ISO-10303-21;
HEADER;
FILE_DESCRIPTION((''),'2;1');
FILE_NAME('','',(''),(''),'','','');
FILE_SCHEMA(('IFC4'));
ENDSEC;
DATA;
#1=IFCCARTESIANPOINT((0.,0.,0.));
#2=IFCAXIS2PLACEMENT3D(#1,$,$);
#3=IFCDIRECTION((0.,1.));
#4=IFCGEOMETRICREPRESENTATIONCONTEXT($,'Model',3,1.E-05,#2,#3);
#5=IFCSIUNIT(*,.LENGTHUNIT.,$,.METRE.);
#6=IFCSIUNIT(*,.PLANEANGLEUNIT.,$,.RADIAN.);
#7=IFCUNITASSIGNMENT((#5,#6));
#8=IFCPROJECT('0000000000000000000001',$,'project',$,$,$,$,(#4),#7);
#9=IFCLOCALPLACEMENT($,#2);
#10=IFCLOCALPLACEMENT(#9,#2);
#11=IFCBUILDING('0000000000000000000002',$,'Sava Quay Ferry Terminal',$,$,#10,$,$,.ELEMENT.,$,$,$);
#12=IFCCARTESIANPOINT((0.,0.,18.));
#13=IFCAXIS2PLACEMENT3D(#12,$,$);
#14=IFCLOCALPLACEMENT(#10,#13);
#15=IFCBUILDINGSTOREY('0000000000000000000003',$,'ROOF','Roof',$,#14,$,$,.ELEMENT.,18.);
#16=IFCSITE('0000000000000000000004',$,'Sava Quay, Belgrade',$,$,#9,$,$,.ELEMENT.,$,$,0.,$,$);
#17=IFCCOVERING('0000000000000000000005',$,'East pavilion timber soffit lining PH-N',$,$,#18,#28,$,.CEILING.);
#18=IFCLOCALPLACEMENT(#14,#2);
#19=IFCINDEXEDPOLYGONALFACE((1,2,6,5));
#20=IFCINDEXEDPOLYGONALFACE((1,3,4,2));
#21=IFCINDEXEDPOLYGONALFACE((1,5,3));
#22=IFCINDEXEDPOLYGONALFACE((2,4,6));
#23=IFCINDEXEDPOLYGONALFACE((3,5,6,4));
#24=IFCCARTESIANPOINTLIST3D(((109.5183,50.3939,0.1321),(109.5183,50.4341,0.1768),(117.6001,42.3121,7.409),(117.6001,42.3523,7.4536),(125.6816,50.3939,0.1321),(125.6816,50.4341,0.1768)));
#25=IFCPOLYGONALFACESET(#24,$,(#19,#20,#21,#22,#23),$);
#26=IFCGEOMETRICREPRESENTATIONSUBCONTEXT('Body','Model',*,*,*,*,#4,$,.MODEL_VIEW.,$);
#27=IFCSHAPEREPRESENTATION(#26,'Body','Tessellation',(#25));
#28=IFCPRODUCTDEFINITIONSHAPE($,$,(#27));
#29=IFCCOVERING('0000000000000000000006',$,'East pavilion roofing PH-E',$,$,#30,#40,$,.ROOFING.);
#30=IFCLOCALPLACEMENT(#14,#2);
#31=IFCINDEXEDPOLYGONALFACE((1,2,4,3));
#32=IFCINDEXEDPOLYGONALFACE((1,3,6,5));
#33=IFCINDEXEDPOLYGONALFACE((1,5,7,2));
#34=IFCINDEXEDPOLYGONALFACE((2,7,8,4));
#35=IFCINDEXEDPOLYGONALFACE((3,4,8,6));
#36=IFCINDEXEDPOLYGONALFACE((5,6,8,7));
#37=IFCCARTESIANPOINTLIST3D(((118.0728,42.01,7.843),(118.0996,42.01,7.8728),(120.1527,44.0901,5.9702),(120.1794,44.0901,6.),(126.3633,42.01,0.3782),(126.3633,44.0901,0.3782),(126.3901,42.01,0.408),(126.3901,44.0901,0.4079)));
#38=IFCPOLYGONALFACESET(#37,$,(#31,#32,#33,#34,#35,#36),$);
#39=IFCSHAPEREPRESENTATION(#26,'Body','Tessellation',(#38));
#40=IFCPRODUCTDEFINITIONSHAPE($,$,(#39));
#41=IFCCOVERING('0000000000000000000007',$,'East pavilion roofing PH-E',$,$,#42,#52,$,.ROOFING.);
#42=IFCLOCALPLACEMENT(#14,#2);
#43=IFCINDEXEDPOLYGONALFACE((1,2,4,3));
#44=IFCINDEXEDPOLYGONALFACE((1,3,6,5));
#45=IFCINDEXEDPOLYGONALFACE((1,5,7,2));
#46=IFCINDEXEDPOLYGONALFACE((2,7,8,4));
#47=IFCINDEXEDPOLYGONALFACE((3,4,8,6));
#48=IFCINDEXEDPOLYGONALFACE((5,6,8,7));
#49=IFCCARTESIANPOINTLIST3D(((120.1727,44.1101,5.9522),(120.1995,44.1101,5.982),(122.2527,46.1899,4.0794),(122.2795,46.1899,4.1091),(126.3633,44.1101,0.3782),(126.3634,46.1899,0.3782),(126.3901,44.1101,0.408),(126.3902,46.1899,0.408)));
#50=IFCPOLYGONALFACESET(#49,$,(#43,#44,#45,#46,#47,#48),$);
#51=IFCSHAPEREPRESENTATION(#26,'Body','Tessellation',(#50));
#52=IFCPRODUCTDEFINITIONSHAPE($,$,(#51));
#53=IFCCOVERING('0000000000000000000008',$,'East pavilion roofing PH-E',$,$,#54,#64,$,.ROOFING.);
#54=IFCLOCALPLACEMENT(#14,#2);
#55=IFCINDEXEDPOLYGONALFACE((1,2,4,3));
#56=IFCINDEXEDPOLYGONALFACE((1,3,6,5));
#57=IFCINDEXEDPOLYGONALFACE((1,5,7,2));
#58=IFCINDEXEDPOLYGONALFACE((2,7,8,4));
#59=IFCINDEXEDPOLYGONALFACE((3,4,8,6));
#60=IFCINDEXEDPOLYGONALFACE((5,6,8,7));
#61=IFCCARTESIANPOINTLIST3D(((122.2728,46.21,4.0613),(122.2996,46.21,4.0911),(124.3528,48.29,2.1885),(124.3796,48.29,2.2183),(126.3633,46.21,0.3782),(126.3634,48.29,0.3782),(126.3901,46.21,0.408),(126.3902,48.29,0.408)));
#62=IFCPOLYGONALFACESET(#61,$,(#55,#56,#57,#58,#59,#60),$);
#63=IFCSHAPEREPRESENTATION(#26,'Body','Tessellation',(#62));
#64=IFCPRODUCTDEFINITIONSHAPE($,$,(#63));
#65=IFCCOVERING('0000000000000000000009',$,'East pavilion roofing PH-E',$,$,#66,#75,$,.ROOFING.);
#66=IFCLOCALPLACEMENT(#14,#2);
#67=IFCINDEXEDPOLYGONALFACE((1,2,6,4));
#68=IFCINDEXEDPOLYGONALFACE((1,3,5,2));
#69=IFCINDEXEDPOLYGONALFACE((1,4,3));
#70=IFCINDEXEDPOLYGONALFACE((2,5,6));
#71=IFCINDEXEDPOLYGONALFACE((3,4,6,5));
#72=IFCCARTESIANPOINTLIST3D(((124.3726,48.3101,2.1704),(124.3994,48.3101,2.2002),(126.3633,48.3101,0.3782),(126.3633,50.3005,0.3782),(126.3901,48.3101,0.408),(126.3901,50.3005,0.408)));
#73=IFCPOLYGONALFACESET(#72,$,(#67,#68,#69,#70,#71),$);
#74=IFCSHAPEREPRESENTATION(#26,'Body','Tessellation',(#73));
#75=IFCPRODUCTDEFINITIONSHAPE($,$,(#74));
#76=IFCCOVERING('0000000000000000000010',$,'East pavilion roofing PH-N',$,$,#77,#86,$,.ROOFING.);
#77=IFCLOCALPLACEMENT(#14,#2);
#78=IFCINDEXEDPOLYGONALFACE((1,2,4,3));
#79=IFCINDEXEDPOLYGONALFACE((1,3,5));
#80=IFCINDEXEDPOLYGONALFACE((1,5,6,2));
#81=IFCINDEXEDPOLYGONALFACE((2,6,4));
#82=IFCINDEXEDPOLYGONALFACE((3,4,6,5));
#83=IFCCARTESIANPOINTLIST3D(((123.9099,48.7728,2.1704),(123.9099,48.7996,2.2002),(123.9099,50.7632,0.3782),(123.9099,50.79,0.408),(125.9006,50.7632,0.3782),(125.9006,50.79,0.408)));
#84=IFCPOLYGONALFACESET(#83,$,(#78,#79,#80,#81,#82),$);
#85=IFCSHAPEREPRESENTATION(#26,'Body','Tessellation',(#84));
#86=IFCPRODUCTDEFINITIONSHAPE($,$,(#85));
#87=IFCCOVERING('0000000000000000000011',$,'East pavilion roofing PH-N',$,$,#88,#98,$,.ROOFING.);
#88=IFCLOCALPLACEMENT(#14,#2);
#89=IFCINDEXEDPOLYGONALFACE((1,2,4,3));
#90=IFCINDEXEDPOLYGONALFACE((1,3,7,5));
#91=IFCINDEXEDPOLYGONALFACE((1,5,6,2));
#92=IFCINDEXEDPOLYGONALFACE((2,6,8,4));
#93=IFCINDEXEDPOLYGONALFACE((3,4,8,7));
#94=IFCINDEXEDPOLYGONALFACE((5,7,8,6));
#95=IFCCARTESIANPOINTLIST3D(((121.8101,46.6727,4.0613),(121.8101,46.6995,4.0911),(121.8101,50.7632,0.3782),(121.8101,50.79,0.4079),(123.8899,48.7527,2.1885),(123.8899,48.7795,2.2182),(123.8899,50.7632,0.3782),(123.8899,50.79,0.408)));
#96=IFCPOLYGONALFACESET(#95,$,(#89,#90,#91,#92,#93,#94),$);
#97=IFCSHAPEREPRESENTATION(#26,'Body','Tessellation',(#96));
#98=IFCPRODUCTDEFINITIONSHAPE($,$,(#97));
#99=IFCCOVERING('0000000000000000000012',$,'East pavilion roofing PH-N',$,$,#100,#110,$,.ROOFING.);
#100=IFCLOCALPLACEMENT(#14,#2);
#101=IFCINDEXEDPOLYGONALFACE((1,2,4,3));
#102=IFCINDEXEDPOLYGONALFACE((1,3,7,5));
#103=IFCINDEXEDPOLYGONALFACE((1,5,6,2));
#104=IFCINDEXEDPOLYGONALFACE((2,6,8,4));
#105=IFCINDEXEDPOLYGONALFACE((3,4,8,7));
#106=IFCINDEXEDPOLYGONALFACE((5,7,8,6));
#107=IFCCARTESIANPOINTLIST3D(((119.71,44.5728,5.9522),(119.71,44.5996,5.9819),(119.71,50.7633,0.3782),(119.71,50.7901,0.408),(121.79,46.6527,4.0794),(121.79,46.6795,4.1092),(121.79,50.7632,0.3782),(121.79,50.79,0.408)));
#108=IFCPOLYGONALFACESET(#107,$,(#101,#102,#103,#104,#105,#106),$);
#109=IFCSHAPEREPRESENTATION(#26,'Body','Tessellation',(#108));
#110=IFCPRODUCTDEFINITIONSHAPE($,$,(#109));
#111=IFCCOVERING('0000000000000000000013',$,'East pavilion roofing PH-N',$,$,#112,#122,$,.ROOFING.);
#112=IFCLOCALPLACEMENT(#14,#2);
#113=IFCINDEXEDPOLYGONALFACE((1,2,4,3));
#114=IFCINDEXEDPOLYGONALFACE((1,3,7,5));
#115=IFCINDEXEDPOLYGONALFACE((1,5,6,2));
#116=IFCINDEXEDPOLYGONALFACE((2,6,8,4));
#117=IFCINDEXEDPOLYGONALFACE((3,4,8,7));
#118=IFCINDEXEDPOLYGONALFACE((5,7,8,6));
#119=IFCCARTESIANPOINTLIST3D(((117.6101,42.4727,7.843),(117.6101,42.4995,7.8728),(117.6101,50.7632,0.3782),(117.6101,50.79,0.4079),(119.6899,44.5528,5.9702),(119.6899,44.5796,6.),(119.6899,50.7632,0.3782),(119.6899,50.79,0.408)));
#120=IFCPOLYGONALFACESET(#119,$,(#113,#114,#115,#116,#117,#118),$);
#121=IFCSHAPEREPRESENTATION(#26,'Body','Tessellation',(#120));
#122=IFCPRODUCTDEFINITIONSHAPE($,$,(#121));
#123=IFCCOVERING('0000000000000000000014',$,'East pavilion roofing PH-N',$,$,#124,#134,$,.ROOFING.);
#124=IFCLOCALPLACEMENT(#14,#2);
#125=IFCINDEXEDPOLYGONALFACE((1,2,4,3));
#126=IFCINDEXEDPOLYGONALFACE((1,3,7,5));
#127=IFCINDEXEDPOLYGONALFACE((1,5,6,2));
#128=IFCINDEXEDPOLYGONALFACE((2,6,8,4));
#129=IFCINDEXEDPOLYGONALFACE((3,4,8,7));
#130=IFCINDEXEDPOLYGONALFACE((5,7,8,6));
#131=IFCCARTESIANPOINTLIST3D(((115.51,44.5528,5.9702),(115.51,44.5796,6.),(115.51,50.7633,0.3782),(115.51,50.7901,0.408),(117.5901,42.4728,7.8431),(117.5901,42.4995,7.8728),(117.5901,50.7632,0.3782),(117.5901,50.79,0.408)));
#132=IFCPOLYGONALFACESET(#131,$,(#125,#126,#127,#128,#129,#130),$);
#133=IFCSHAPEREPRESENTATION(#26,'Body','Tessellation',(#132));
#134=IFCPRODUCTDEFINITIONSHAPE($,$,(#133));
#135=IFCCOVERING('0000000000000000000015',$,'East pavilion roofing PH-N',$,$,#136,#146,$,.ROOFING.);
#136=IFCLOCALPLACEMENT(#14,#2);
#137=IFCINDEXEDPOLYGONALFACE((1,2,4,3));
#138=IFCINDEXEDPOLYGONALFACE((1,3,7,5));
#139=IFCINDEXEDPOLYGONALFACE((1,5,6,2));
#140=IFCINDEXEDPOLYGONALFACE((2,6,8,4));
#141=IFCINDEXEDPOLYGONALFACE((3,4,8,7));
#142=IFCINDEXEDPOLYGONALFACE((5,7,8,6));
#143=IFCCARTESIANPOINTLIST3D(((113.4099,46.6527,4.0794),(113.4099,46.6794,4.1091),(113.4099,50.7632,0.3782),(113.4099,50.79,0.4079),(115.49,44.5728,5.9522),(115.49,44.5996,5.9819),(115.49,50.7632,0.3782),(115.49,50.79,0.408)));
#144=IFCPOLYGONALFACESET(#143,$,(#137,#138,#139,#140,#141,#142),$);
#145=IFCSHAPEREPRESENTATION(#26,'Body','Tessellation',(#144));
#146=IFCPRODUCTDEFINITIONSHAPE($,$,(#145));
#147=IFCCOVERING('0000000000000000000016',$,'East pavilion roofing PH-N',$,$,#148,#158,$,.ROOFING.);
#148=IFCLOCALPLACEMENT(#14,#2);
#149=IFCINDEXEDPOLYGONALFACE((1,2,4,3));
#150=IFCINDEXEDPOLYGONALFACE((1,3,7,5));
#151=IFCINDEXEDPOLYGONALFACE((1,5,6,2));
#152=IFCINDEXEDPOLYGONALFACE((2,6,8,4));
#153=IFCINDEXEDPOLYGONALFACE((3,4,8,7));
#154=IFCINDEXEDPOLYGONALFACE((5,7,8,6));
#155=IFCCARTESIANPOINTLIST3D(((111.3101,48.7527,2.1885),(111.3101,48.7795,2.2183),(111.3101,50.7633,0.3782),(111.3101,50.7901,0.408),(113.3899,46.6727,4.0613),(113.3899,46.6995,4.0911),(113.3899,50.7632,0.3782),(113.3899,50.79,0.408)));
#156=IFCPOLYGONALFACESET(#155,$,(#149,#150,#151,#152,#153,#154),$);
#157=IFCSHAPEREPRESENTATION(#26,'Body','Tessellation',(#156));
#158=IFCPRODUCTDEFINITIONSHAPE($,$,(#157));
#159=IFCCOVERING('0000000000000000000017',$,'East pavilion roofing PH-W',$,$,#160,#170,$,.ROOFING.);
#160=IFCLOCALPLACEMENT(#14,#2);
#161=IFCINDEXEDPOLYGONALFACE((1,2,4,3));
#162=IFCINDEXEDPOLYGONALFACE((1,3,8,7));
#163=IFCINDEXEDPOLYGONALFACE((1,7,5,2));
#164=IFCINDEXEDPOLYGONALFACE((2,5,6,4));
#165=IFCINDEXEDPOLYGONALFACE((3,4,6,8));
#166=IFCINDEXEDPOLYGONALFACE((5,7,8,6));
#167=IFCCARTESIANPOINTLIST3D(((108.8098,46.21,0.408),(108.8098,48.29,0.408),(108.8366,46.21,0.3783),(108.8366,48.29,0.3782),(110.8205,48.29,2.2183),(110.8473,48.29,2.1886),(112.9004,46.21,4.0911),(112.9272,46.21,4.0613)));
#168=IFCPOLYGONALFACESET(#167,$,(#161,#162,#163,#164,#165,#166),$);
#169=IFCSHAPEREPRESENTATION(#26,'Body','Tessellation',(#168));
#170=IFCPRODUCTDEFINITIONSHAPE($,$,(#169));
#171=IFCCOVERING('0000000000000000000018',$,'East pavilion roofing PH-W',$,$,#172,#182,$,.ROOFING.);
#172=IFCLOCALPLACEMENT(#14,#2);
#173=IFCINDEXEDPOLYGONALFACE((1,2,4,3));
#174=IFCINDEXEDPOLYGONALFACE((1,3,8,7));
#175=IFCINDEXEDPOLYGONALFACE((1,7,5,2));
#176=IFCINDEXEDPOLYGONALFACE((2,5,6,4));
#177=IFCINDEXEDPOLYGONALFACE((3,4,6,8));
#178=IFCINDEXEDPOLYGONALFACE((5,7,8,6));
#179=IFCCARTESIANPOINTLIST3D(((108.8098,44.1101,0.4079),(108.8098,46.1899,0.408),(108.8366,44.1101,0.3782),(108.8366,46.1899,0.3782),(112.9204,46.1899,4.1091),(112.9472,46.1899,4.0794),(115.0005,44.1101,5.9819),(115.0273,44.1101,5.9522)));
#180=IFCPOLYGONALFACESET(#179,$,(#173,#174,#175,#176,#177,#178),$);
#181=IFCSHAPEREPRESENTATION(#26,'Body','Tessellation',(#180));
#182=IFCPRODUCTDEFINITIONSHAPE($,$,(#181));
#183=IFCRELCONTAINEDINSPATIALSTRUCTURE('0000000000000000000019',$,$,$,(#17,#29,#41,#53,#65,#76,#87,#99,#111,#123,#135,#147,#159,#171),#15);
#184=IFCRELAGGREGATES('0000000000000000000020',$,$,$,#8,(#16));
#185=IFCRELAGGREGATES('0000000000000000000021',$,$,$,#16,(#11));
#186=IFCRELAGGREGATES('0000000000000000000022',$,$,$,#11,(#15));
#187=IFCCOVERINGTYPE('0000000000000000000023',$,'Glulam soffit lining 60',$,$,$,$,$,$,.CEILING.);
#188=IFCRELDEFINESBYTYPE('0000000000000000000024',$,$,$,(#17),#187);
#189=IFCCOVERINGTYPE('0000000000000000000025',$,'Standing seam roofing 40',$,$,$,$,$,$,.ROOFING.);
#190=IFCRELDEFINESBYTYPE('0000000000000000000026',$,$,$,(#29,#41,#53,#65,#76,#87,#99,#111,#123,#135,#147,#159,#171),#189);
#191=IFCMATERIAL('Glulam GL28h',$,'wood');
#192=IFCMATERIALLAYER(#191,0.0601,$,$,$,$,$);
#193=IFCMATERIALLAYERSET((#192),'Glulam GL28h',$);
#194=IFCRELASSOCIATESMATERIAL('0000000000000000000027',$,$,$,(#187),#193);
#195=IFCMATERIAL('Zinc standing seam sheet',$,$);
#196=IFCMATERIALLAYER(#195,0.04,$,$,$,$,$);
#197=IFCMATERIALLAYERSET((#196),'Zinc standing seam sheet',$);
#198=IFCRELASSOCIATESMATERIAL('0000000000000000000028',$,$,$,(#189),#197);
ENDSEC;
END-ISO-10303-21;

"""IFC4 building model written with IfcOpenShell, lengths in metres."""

from ifc_helpers import new_model, si_unit, direction, frame, origin, place, context, subcontext, project, spatial, polyline, outline, extrude, material, layer, layer_set, type_object, element, save


model = new_model("IFC4")

# Units and contexts
model_context = context("Model", 3, precision=1e-05, world=origin(), true_north=direction((0.0, 1.0)))
body_context = subcontext(model_context, "Body", "Model", "MODEL_VIEW")
ifc_project = project(units=[si_unit("LENGTHUNIT", "METRE"), si_unit("PLANEANGLEUNIT", "RADIAN")], contexts=[model_context])

# Site, building, storey
site_placement = place(None, origin())
site = spatial("IfcSite", under=ifc_project, at=site_placement, Name="Sava Quay, Belgrade", CompositionType="ELEMENT", RefElevation=0.0)
building_placement = place(site_placement, origin())
building = spatial("IfcBuilding", under=site, at=building_placement, Name="Sava Quay Ferry Terminal", CompositionType="ELEMENT")
storey_placement = place(building_placement, frame((0.0, 0.0, 18.0)))
storey = spatial("IfcBuildingStorey", under=building, at=storey_placement, Name="ROOF", Description="Roof", CompositionType="ELEMENT", Elevation=18.0)

# Coverings
ifc_material_1 = material(Name="Glulam GL28h", Category="wood")
ifc_layer_1 = layer(ifc_material_1, 0.0601)
ifc_layer_set_1 = layer_set([ifc_layer_1], Name="Glulam GL28h")
covering_type_1 = type_object("IfcCoveringType", Name="Glulam soffit lining 60", PredefinedType="CEILING", material=ifc_layer_set_1)
covering_1_placement = place(storey_placement, frame((125.6816, 50.4341, 0.1768), z_axis=(0.0, 0.66913, 0.743146), x_axis=(-0.596462, -0.59648, 0.537071)))
element("IfcCovering", 1, at=covering_1_placement, inside=storey, type_object=covering_type_1, Name="East pavilion timber soffit lining PH-N", PredefinedType="CEILING", context=body_context, shape_type="SweptSolid", body=[
    extrude(outline(polyline([(0.0, 0.0), (13.5491, 0.0), (9.6408, -12.9734), (0.0, 0.0)])), origin(), (0.0, 0.0, -1.0), 0.0601),
])
ifc_material_2 = material(Name="Zinc standing seam sheet")
ifc_layer_2 = layer(ifc_material_2, 0.04)
ifc_layer_set_2 = layer_set([ifc_layer_2], Name="Zinc standing seam sheet")
covering_type_2 = type_object("IfcCoveringType", Name="Standing seam roofing 40", PredefinedType="ROOFING", material=ifc_layer_set_2)
covering_2_placement = place(storey_placement, frame((120.1794, 44.0901, 6.0), z_axis=(0.669129, 0.000022, 0.743147), x_axis=(0.743147, 0.0, -0.669129)))
element("IfcCovering", 2, at=covering_2_placement, inside=storey, type_object=covering_type_2, Name="East pavilion roofing PH-E", PredefinedType="ROOFING", context=body_context, shape_type="SweptSolid", body=[
    extrude(outline(polyline([(0.0, 0.0), (8.3573, 0.0), (8.3573, -2.0801), (-2.7988, -2.0801), (0.0, 0.0)])), origin(), (0.0, 0.0, -1.0), 0.04),
])
covering_3_placement = place(storey_placement, frame((122.2795, 46.1899, 4.1091), z_axis=(0.669124, -0.000014, 0.743151), x_axis=(0.743151, 0.0, -0.669124)))
element("IfcCovering", 3, at=covering_3_placement, inside=storey, type_object=covering_type_2, Name="East pavilion roofing PH-E", PredefinedType="ROOFING", context=body_context, shape_type="SweptSolid", body=[
    extrude(outline(polyline([(0.0, 0.0), (5.5313, 0.0), (5.5313, -2.0798), (-2.7989, -2.0798), (0.0, 0.0)])), origin(), (0.0, 0.0, -1.0), 0.04),
])
covering_4_placement = place(storey_placement, frame((124.3796, 48.29, 2.2183), z_axis=(0.669129, -0.000018, 0.743146), x_axis=(0.743146, 0.0, -0.669129)))
element("IfcCovering", 4, at=covering_4_placement, inside=storey, type_object=covering_type_2, Name="East pavilion roofing PH-E", PredefinedType="ROOFING", context=body_context, shape_type="SweptSolid", body=[
    extrude(outline(polyline([(0.0, 0.0), (2.7054, 0.0), (2.7054, -2.0801), (-2.7989, -2.0801), (0.0, 0.0)])), origin(), (0.0, 0.0, -1.0), 0.04),
])
covering_5_placement = place(storey_placement, frame((126.3901, 50.3005, 0.408), z_axis=(0.669086, 0.0, 0.743185), x_axis=(0.0, -1.0, 0.0)))
element("IfcCovering", 5, at=covering_5_placement, inside=storey, type_object=covering_type_2, Name="East pavilion roofing PH-E", PredefinedType="ROOFING", context=body_context, shape_type="SweptSolid", body=[
    extrude(outline(polyline([(0.0, 0.0), (1.9905, 0.0), (1.9905, -2.6786), (0.0, 0.0)])), origin(), (0.0, 0.0, -1.0), 0.04),
])
covering_6_placement = place(storey_placement, frame((123.9099, 48.7996, 2.2002), z_axis=(0.0, 0.669131, 0.743145), x_axis=(0.0, 0.743145, -0.669131)))
element("IfcCovering", 6, at=covering_6_placement, inside=storey, type_object=covering_type_2, Name="East pavilion roofing PH-N", PredefinedType="ROOFING", context=body_context, shape_type="SweptSolid", body=[
    extrude(outline(polyline([(0.0, 0.0), (2.6785, 0.0), (2.6785, -1.9907), (0.0, 0.0)])), origin(), (0.0, 0.0, -1.0), 0.04),
])
covering_7_placement = place(storey_placement, frame((121.8101, 46.6995, 4.0911), z_axis=(-0.000018, 0.669129, 0.743146), x_axis=(0.0, 0.743146, -0.669129)))
element("IfcCovering", 7, at=covering_7_placement, inside=storey, type_object=covering_type_2, Name="East pavilion roofing PH-N", PredefinedType="ROOFING", context=body_context, shape_type="SweptSolid", body=[
    extrude(outline(polyline([(0.0, 0.0), (5.5044, 0.0), (5.5044, -2.0798), (2.7989, -2.0798), (0.0, 0.0)])), origin(), (0.0, 0.0, -1.0), 0.04),
])
covering_8_placement = place(storey_placement, frame((119.71, 44.5996, 5.9819), z_axis=(0.000018, 0.669133, 0.743143), x_axis=(0.0, 0.743143, -0.669133)))
element("IfcCovering", 8, at=covering_8_placement, inside=storey, type_object=covering_type_2, Name="East pavilion roofing PH-N", PredefinedType="ROOFING", context=body_context, shape_type="SweptSolid", body=[
    extrude(outline(polyline([(0.0, 0.0), (8.3301, 0.0), (8.3301, -2.0801), (2.7988, -2.0801), (0.0, 0.0)])), origin(), (0.0, 0.0, -1.0), 0.04),
])
covering_9_placement = place(storey_placement, frame((117.6101, 42.4995, 7.8728), z_axis=(-0.000023, 0.669135, 0.743141), x_axis=(0.0, 0.743141, -0.669135)))
element("IfcCovering", 9, at=covering_9_placement, inside=storey, type_object=covering_type_2, Name="East pavilion roofing PH-N", PredefinedType="ROOFING", context=body_context, shape_type="SweptSolid", body=[
    extrude(outline(polyline([(0.0, 0.0), (11.156, 0.0), (11.156, -2.0798), (2.7989, -2.0798), (0.0, 0.0)])), origin(), (0.0, 0.0, -1.0), 0.04),
])
covering_10_placement = place(storey_placement, frame((115.51, 44.5796, 6.0), z_axis=(0.000023, 0.669135, 0.743141), x_axis=(0.0, 0.743141, -0.669135)))
element("IfcCovering", 10, at=covering_10_placement, inside=storey, type_object=covering_type_2, Name="East pavilion roofing PH-N", PredefinedType="ROOFING", context=body_context, shape_type="SweptSolid", body=[
    extrude(outline(polyline([(0.0, 0.0), (8.3571, 0.0), (8.3571, -2.0801), (-2.7989, -2.0801), (0.0, 0.0)])), origin(), (0.0, 0.0, -1.0), 0.04),
])
covering_11_placement = place(storey_placement, frame((113.4099, 46.6794, 4.1091), z_axis=(-0.000018, 0.669133, 0.743143), x_axis=(0.0, 0.743143, -0.669133)))
element("IfcCovering", 11, at=covering_11_placement, inside=storey, type_object=covering_type_2, Name="East pavilion roofing PH-N", PredefinedType="ROOFING", context=body_context, shape_type="SweptSolid", body=[
    extrude(outline(polyline([(0.0, 0.0), (5.5313, 0.0), (5.5313, -2.0801), (-2.7988, -2.0801), (0.0, 0.0)])), origin(), (0.0, 0.0, -1.0), 0.04),
])
covering_12_placement = place(storey_placement, frame((111.3101, 48.7795, 2.2183), z_axis=(0.000018, 0.669129, 0.743146), x_axis=(0.0, 0.743146, -0.669129)))
element("IfcCovering", 12, at=covering_12_placement, inside=storey, type_object=covering_type_2, Name="East pavilion roofing PH-N", PredefinedType="ROOFING", context=body_context, shape_type="SweptSolid", body=[
    extrude(outline(polyline([(0.0, 0.0), (2.7054, 0.0), (2.7054, -2.0798), (-2.7989, -2.0798), (0.0, 0.0)])), origin(), (0.0, 0.0, -1.0), 0.04),
])
covering_13_placement = place(storey_placement, frame((112.9004, 46.21, 4.0911), z_axis=(-0.669114, 0.000035, 0.74316), x_axis=(-0.74316, 0.0, -0.669114)))
element("IfcCovering", 13, at=covering_13_placement, inside=storey, type_object=covering_type_2, Name="East pavilion roofing PH-W", PredefinedType="ROOFING", context=body_context, shape_type="SweptSolid", body=[
    extrude(outline(polyline([(0.0, 0.0), (5.5044, 0.0), (5.5044, -2.0801), (2.7988, -2.0801), (0.0, 0.0)])), origin(), (0.0, 0.0, -1.0), 0.04),
])
covering_14_placement = place(storey_placement, frame((115.0005, 44.1101, 5.9819), z_axis=(-0.669124, -0.000014, 0.743151), x_axis=(-0.743151, 0.0, -0.669124)))
element("IfcCovering", 14, at=covering_14_placement, inside=storey, type_object=covering_type_2, Name="East pavilion roofing PH-W", PredefinedType="ROOFING", context=body_context, shape_type="SweptSolid", body=[
    extrude(outline(polyline([(0.0, 0.0), (8.3303, 0.0), (8.3303, -2.0798), (2.7989, -2.0798), (0.0, 0.0)])), origin(), (0.0, 0.0, -1.0), 0.04),
])

save(model, "model.ifc")
